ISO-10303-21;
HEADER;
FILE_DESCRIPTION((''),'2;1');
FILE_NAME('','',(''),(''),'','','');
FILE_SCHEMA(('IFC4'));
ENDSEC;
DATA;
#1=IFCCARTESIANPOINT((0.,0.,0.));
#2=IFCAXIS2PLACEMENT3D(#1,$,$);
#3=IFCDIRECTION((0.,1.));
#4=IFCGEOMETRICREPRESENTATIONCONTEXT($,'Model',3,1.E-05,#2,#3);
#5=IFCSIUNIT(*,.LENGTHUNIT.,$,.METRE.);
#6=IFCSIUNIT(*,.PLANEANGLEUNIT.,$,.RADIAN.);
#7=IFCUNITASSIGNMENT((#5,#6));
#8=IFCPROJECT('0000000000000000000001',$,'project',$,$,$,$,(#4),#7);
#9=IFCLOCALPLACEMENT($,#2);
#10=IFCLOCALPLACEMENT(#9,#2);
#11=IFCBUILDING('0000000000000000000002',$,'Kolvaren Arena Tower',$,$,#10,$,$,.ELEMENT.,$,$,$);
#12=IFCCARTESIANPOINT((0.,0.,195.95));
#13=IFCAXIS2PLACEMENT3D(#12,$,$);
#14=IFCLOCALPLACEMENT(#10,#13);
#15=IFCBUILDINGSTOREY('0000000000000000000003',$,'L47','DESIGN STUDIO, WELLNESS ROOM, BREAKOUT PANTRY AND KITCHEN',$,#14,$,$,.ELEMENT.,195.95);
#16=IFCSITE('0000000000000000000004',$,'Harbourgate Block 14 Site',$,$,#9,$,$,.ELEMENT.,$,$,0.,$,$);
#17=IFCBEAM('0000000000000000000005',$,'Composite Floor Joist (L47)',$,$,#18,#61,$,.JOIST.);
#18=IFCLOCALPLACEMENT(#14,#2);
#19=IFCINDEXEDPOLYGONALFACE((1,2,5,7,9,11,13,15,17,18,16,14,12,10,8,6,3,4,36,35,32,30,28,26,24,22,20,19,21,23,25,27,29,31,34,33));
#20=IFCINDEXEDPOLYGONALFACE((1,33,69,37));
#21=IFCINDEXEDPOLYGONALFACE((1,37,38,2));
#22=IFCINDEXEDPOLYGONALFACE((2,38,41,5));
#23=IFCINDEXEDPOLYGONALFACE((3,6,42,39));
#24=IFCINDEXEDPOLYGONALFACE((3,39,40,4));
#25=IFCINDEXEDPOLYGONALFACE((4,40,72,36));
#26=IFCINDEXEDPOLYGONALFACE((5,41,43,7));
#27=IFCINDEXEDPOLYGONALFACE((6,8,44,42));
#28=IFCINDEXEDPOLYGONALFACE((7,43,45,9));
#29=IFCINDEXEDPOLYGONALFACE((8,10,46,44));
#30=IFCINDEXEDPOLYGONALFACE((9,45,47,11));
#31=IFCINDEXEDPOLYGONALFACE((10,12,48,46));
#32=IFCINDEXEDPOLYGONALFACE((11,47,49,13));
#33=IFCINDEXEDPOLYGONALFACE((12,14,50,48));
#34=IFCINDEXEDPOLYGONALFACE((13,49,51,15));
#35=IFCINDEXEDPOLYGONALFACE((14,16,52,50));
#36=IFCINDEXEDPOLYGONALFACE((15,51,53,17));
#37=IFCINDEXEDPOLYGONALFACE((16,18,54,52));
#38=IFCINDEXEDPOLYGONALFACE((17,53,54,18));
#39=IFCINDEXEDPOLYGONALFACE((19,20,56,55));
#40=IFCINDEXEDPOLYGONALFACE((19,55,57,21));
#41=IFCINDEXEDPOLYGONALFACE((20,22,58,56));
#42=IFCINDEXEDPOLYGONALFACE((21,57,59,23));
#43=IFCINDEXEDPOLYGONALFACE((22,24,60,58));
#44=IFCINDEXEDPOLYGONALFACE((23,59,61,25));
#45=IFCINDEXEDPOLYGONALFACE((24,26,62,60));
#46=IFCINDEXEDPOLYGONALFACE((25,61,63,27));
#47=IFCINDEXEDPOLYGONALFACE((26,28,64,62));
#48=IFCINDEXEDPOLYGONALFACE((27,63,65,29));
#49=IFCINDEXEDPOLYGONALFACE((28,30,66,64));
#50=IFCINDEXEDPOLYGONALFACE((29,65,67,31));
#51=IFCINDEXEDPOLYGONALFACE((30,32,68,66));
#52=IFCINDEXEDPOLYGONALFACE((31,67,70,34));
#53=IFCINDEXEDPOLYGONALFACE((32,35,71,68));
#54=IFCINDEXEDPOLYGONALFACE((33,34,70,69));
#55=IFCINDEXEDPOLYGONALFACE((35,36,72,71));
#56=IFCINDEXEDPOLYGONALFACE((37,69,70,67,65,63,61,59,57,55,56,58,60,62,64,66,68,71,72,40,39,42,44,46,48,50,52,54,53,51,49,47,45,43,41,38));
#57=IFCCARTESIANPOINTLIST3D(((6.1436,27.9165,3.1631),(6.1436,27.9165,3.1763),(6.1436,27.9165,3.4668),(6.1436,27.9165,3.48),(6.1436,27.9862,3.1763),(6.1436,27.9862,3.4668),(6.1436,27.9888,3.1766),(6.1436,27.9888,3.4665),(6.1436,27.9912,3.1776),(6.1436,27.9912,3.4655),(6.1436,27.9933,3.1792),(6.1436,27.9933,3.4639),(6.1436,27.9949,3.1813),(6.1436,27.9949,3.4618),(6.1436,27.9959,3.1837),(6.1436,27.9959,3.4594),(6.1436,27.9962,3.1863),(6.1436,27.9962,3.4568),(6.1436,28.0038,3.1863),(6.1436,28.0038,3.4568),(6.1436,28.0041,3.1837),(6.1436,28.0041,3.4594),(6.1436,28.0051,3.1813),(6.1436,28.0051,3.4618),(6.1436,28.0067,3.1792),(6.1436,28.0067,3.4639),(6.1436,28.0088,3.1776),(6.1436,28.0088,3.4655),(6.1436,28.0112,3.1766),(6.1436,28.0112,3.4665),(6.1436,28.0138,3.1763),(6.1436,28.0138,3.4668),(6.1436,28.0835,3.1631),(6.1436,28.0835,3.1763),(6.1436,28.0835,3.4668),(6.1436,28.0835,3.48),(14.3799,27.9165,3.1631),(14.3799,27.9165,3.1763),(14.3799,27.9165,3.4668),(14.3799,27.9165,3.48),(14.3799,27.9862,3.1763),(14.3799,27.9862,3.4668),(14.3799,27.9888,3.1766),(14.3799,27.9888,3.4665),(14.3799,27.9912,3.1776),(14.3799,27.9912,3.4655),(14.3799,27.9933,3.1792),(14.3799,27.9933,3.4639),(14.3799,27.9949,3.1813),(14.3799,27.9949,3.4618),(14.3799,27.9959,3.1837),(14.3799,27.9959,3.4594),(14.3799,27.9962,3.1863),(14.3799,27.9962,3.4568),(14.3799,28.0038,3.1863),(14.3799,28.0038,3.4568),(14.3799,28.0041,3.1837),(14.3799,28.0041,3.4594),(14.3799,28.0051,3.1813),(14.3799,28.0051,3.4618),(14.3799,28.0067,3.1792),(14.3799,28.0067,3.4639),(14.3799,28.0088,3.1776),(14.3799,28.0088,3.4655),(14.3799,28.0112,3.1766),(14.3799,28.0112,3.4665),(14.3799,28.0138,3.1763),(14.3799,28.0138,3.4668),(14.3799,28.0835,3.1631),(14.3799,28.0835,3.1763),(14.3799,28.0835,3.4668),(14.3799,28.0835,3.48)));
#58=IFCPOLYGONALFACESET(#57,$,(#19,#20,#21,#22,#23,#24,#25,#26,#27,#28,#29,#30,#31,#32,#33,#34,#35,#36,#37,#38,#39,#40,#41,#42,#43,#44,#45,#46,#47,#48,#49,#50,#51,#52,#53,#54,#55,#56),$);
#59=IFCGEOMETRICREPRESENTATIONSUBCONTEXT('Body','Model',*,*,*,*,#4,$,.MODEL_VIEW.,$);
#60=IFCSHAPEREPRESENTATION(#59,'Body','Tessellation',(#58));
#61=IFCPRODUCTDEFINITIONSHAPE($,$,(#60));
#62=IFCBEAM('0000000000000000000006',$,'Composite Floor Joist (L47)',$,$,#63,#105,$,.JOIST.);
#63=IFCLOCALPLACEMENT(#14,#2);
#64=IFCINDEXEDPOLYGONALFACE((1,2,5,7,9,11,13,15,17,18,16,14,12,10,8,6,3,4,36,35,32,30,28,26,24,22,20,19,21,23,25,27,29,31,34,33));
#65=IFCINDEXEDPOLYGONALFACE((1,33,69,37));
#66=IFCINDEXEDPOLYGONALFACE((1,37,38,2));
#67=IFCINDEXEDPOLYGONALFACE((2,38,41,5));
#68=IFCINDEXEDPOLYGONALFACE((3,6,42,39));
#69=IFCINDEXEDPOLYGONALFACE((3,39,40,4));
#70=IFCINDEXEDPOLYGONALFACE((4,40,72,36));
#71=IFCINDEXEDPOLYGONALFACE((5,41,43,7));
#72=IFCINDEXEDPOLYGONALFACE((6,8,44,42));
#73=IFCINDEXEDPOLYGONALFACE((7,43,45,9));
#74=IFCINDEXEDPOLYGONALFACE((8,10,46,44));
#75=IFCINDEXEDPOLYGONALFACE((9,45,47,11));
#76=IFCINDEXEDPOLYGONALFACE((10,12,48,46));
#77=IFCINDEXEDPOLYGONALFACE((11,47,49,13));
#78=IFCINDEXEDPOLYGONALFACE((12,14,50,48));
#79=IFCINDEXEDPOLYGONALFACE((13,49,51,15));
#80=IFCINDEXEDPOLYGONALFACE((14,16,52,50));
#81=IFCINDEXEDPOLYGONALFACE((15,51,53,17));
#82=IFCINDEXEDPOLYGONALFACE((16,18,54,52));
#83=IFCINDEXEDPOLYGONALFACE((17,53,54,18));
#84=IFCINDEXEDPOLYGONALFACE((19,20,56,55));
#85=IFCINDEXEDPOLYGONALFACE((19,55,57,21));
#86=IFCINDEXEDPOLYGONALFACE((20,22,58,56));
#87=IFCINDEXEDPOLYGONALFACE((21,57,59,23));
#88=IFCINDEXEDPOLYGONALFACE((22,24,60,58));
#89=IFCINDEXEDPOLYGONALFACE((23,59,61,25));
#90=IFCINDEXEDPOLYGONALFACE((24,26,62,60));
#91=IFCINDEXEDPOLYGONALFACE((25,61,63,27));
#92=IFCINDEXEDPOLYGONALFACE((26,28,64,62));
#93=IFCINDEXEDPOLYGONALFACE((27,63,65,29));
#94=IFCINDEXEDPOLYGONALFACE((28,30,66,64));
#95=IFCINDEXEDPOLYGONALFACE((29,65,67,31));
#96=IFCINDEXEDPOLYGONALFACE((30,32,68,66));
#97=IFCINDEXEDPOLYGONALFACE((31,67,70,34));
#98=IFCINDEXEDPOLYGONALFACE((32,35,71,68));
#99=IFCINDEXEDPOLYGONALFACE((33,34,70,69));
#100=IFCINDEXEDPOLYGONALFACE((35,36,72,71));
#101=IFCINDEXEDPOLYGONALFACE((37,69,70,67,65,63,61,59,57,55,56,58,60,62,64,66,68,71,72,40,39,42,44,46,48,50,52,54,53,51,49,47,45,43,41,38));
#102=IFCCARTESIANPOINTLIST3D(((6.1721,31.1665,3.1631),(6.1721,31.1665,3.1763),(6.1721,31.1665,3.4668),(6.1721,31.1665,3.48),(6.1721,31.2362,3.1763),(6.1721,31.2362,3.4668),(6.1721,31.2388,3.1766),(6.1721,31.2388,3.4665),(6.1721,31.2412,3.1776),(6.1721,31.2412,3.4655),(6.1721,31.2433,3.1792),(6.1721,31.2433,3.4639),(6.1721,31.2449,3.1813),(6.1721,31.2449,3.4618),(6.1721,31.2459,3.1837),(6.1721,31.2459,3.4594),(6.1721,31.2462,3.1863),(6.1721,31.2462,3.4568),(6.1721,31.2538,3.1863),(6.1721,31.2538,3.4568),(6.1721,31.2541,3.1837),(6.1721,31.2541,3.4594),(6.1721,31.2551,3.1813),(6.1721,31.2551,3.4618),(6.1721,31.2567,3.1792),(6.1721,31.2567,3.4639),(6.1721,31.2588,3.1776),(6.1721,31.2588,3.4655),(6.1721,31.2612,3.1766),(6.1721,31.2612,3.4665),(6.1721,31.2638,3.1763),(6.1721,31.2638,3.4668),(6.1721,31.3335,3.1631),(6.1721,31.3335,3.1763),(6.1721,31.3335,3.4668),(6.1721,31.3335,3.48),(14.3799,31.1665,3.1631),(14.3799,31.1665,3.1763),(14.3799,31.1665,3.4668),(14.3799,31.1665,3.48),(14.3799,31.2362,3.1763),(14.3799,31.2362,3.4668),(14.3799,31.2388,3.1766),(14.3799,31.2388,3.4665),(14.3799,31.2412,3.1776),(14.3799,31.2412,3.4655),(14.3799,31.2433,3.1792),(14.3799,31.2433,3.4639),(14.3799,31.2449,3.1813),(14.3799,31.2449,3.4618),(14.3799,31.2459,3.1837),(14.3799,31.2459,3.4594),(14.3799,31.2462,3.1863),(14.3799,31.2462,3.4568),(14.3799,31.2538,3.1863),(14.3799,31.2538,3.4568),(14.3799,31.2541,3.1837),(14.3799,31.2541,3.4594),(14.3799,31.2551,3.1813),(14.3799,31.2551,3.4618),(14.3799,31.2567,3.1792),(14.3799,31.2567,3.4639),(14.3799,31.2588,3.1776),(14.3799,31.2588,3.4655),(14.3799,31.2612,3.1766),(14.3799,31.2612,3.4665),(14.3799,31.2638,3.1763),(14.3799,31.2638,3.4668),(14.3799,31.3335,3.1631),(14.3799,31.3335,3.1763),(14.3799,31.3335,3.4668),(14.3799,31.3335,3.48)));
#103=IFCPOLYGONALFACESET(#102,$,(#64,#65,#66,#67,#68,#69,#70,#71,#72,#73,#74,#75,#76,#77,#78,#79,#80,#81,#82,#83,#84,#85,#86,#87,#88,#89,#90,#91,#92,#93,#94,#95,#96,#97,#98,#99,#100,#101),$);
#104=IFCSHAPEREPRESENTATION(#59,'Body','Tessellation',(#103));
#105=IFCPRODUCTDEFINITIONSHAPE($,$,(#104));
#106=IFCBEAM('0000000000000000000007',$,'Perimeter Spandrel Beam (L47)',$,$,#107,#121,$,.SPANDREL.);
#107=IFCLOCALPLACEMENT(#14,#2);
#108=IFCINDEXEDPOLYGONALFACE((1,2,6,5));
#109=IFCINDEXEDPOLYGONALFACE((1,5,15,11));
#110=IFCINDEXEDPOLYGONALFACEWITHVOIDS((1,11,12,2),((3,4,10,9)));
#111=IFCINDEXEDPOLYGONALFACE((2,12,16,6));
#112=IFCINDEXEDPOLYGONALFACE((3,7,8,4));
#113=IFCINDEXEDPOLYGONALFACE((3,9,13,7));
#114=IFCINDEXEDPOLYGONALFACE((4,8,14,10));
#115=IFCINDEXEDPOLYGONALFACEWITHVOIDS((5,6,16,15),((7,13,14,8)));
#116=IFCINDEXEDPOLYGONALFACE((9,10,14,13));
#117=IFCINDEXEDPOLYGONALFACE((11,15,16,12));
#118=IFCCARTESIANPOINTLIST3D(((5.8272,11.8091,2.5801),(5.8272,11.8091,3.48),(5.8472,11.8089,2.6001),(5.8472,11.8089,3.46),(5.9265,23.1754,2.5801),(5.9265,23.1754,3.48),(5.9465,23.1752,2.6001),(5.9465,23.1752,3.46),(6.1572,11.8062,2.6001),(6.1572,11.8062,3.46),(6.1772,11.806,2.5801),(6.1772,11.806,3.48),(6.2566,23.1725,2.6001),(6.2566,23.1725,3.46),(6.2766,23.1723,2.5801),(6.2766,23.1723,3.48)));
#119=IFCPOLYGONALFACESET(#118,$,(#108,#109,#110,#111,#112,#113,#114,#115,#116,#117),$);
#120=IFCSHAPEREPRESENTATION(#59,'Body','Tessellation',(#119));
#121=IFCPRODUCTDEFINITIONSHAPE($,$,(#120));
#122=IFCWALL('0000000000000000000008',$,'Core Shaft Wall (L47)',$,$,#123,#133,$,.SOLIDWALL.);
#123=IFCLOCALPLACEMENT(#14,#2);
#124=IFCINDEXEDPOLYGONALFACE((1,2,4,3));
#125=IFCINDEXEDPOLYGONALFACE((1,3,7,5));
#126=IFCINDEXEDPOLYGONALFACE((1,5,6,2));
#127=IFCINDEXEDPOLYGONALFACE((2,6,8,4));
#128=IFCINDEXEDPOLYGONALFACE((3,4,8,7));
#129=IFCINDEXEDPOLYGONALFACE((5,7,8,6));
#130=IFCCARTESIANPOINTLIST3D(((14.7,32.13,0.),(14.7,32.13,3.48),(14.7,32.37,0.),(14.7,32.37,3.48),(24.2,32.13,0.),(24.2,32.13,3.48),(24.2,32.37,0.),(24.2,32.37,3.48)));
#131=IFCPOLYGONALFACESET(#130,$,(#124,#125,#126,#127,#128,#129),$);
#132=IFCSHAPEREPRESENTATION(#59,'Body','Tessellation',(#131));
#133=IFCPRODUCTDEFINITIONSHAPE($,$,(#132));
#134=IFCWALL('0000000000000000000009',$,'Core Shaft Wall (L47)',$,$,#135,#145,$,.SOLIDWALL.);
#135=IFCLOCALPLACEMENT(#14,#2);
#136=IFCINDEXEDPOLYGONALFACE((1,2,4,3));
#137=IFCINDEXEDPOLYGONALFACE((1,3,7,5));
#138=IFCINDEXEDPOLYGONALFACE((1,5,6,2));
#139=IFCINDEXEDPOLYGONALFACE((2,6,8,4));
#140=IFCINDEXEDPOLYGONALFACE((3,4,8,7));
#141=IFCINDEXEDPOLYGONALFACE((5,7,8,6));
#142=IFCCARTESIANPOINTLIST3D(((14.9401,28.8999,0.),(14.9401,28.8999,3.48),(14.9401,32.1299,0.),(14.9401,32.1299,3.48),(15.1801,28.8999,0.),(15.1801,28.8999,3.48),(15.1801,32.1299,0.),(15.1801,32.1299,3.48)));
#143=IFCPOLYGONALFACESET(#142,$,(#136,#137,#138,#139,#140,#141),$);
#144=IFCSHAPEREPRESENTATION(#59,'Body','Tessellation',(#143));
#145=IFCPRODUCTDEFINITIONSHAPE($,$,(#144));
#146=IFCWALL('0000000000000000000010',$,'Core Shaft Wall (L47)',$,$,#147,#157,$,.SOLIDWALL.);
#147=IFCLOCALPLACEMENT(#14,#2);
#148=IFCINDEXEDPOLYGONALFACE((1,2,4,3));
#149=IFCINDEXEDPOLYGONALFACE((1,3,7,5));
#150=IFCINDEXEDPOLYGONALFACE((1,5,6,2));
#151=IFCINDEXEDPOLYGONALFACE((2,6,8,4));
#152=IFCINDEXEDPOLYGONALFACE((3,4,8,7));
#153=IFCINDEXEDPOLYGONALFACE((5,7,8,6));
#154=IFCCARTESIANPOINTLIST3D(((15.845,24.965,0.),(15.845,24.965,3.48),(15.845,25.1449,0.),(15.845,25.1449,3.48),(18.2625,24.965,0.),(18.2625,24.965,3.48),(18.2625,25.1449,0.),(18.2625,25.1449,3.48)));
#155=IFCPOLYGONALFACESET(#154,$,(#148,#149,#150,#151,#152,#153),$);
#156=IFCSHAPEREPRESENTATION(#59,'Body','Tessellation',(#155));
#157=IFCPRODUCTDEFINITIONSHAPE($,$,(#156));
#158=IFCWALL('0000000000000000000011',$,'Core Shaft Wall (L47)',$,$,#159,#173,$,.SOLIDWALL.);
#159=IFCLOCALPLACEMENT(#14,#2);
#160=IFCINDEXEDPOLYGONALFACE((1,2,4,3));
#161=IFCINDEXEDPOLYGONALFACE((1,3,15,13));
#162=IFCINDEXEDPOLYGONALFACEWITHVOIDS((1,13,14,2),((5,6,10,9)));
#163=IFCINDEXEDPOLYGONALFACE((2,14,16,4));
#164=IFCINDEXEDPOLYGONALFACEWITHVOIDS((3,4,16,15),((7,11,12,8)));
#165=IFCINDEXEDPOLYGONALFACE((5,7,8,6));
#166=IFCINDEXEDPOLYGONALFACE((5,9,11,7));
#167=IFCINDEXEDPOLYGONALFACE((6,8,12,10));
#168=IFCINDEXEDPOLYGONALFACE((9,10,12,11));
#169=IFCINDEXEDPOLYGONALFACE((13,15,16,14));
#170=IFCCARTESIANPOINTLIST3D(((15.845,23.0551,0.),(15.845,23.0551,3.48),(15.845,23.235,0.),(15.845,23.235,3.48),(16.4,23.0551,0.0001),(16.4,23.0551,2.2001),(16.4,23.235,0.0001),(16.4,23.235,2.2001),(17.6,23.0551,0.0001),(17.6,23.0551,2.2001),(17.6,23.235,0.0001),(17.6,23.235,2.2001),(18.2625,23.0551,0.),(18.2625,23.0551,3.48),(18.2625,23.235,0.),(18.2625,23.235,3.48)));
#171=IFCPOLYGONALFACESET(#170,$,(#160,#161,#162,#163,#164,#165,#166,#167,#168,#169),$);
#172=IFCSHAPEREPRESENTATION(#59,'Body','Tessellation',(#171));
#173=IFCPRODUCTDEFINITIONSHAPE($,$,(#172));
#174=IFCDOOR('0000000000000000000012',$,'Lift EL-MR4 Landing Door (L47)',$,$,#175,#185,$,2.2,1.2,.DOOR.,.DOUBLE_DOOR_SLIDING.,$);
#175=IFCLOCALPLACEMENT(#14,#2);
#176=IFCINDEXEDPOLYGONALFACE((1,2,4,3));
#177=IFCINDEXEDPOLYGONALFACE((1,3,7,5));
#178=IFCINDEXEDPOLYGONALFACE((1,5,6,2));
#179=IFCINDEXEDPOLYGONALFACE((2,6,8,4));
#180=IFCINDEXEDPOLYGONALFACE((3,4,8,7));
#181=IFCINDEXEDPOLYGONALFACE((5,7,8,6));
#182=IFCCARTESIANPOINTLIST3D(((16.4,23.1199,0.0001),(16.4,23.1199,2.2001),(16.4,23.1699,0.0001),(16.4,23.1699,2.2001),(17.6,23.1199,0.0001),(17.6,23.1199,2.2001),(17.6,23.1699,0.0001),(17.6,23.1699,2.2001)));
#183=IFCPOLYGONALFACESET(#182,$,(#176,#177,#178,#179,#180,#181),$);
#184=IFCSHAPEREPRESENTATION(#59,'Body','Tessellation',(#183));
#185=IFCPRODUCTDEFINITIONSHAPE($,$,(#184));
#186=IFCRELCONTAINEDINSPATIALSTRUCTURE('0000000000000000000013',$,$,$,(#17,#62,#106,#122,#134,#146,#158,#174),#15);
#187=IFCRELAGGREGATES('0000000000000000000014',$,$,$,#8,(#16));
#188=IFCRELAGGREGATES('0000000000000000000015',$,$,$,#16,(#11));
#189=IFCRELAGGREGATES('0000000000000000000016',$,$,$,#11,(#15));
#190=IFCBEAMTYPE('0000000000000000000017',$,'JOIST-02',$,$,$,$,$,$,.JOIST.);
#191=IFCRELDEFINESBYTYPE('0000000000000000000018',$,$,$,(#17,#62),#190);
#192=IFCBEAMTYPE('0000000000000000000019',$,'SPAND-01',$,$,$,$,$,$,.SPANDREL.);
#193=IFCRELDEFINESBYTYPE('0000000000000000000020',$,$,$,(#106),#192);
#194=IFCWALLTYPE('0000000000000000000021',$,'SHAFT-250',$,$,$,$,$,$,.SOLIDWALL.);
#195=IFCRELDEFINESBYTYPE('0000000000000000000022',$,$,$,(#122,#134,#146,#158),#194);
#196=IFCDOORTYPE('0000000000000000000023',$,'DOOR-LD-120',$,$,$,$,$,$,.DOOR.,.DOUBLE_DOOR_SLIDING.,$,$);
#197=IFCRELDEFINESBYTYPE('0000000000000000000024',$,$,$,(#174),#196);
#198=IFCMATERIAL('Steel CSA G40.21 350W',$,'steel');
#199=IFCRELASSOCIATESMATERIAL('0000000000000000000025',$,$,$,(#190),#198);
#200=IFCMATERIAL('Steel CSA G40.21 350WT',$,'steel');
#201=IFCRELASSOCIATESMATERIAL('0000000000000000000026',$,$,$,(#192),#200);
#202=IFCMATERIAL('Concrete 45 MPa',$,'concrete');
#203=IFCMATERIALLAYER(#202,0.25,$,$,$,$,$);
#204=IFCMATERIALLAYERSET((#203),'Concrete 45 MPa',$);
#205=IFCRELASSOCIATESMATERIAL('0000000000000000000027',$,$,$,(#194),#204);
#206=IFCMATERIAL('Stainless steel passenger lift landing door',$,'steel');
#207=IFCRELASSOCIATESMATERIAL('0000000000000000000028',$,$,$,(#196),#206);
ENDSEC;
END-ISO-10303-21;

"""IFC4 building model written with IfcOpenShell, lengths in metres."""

from ifc_helpers import new_model, si_unit, direction, frame, frame_2d, origin, origin_2d, place, context, subcontext, project, spatial, rectangle, hollow_rectangle, i_section, extrude, material, layer, layer_set, material_profile, profile_set, type_object, element, fill, save


model = new_model("IFC4")

# Units and contexts
model_context = context("Model", 3, precision=1e-05, world=origin(), true_north=direction((0.0, 1.0)))
body_context = subcontext(model_context, "Body", "Model", "MODEL_VIEW")
ifc_project = project(units=[si_unit("LENGTHUNIT", "METRE"), si_unit("PLANEANGLEUNIT", "RADIAN")], contexts=[model_context])

# Site, building, storey
site_placement = place(None, origin())
site = spatial("IfcSite", under=ifc_project, at=site_placement, Name="Harbourgate Block 14 Site", CompositionType="ELEMENT", RefElevation=0.0)
building_placement = place(site_placement, origin())
building = spatial("IfcBuilding", under=site, at=building_placement, Name="Kolvaren Arena Tower", CompositionType="ELEMENT")
storey_placement = place(building_placement, frame((0.0, 0.0, 195.95)))
storey = spatial("IfcBuildingStorey", under=building, at=storey_placement, Name="L47", Description="DESIGN STUDIO, WELLNESS ROOM, BREAKOUT PANTRY AND KITCHEN", CompositionType="ELEMENT", Elevation=195.95)

# Beams
ifc_material_1 = material(Name="Steel CSA G40.21 350W", Category="steel")
ifc_material_profile_1 = material_profile(ifc_material_1, i_section(OverallWidth=0.167, OverallDepth=0.3169, WebThickness=0.0076, FlangeThickness=0.0132, FilletRadius=0.01, at=origin_2d()), Name="W310x52")
ifc_profile_set_1 = profile_set([ifc_material_profile_1], Name="Steel CSA G40.21 350W")
beam_type_1 = type_object("IfcBeamType", Name="JOIST-02", PredefinedType="JOIST", material=ifc_profile_set_1)
beam_1_placement = place(storey_placement, frame((6.1436, 28.0, 3.3215), z_axis=(1.0, 0.0, 0.0), x_axis=(0.0, 1.0, 0.0)))
element("IfcBeam", 1, at=beam_1_placement, inside=storey, type_object=beam_type_1, Name="Composite Floor Joist (L47)", PredefinedType="JOIST", context=body_context, shape_type="SweptSolid", body=[
    extrude(i_section(OverallWidth=0.167, OverallDepth=0.3169, WebThickness=0.0076, FlangeThickness=0.0132, FilletRadius=0.01, at=origin_2d()), origin(), (0.0, 0.0, 1.0), 8.2363),
])
beam_2_placement = place(storey_placement, frame((6.1721, 31.25, 3.3215), z_axis=(1.0, 0.0, 0.0), x_axis=(0.0, 1.0, 0.0)))
element("IfcBeam", 2, at=beam_2_placement, inside=storey, type_object=beam_type_1, Name="Composite Floor Joist (L47)", PredefinedType="JOIST", context=body_context, shape_type="SweptSolid", body=[
    extrude(i_section(OverallWidth=0.167, OverallDepth=0.3169, WebThickness=0.0076, FlangeThickness=0.0132, FilletRadius=0.01, at=origin_2d()), origin(), (0.0, 0.0, 1.0), 8.2078),
])
ifc_material_2 = material(Name="Steel CSA G40.21 350WT", Category="steel")
ifc_material_profile_2 = material_profile(ifc_material_2, hollow_rectangle(XDim=0.3501, YDim=0.8999, WallThickness=0.02, at=origin_2d()), Name="HSS 900x350x20")
ifc_profile_set_2 = profile_set([ifc_material_profile_2], Name="Steel CSA G40.21 350WT")
beam_type_2 = type_object("IfcBeamType", Name="SPAND-01", PredefinedType="SPANDREL", material=ifc_profile_set_2)
beam_3_placement = place(storey_placement, frame((6.1016, 23.1738, 3.03), z_axis=(-0.008742, -0.999962, 0.0), x_axis=(0.999962, -0.008742, 0.0)))
element("IfcBeam", 3, at=beam_3_placement, inside=storey, type_object=beam_type_2, Name="Perimeter Spandrel Beam (L47)", PredefinedType="SPANDREL", context=body_context, shape_type="SweptSolid", body=[
    extrude(hollow_rectangle(XDim=0.3501, YDim=0.8999, WallThickness=0.02, at=origin_2d()), origin(), (0.0, 0.0, 1.0), 11.3667),
])

# Walls
ifc_material_3 = material(Name="Concrete 45 MPa", Category="concrete")
ifc_layer = layer(ifc_material_3, 0.25)
ifc_layer_set = layer_set([ifc_layer], Name="Concrete 45 MPa")
wall_type = type_object("IfcWallType", Name="SHAFT-250", PredefinedType="SOLIDWALL", material=ifc_layer_set)
wall_1_placement = place(storey_placement, frame((14.7, 32.25, 0.0), z_axis=(0.0, 0.0, 1.0), x_axis=(1.0, 0.0, 0.0)))
element("IfcWall", 4, at=wall_1_placement, inside=storey, type_object=wall_type, Name="Core Shaft Wall (L47)", PredefinedType="SOLIDWALL", context=body_context, shape_type="SweptSolid", body=[
    extrude(rectangle(XDim=9.5, YDim=0.24, at=frame_2d((4.75, 0.0))), origin(), (0.0, 0.0, 1.0), 3.48),
])
wall_2_placement = place(storey_placement, frame((15.0601, 28.8999, 0.0), z_axis=(0.0, 0.0, 1.0), x_axis=(0.0, 1.0, 0.0)))
element("IfcWall", 5, at=wall_2_placement, inside=storey, type_object=wall_type, Name="Core Shaft Wall (L47)", PredefinedType="SOLIDWALL", context=body_context, shape_type="SweptSolid", body=[
    extrude(rectangle(XDim=3.23, YDim=0.24, at=frame_2d((1.615, 0.0))), origin(), (0.0, 0.0, 1.0), 3.48),
])
wall_3_placement = place(storey_placement, frame((15.845, 25.0549, 0.0), z_axis=(0.0, 0.0, 1.0), x_axis=(1.0, 0.0, 0.0)))
element("IfcWall", 6, at=wall_3_placement, inside=storey, type_object=wall_type, Name="Core Shaft Wall (L47)", PredefinedType="SOLIDWALL", context=body_context, shape_type="SweptSolid", body=[
    extrude(rectangle(XDim=2.4175, YDim=0.1799, at=frame_2d((1.2087, 0.0))), origin(), (0.0, 0.0, 1.0), 3.48),
])

# Wall, opening, door
wall_4_placement = place(storey_placement, frame((15.845, 23.145, 0.0), z_axis=(0.0, 0.0, 1.0), x_axis=(1.0, 0.0, 0.0)))
wall_4 = element("IfcWall", 7, at=wall_4_placement, inside=storey, type_object=wall_type, Name="Core Shaft Wall (L47)", PredefinedType="SOLIDWALL", context=body_context, shape_type="SweptSolid", body=[
    extrude(rectangle(XDim=2.4175, YDim=0.1799, at=frame_2d((1.2087, 0.0))), origin(), (0.0, 0.0, 1.0), 3.48),
])
opening_1_placement = place(wall_4_placement, frame((0.5549, 0.0, 0.0)))
opening_1 = element("IfcOpeningElement", 8, at=opening_1_placement, cuts=wall_4, PredefinedType="OPENING", context=body_context, shape_type="SweptSolid", body=[
    extrude(rectangle(XDim=1.2, YDim=2.2, at=frame_2d((0.6001, 1.1001))), frame((0.0, 0.0999, 0.0), z_axis=(0.0, -1.0, 0.0), x_axis=(1.0, 0.0, 0.0)), (0.0, 0.0, 1.0), 0.2),
])
ifc_material_4 = material(Name="Stainless steel passenger lift landing door", Category="steel")
door_type_1 = type_object("IfcDoorType", Name="DOOR-LD-120", OperationType="DOUBLE_DOOR_SLIDING", PredefinedType="DOOR", material=ifc_material_4)
door_1_placement = place(opening_1_placement, origin())
door_1 = element("IfcDoor", 9, at=door_1_placement, inside=storey, type_object=door_type_1, Name="Lift EL-MR4 Landing Door (L47)", OperationType="DOUBLE_DOOR_SLIDING", OverallHeight=2.2, OverallWidth=1.2, PredefinedType="DOOR", context=body_context, shape_type="SweptSolid", body=[
    extrude(rectangle(XDim=1.2, YDim=2.2, at=frame_2d((0.6001, 1.1001))), frame((0.0, 0.0249, 0.0), z_axis=(0.0, -1.0, 0.0), x_axis=(1.0, 0.0, 0.0)), (0.0, 0.0, 1.0), 0.05),
])
fill(opening_1, door_1)

save(model, "model.ifc")
